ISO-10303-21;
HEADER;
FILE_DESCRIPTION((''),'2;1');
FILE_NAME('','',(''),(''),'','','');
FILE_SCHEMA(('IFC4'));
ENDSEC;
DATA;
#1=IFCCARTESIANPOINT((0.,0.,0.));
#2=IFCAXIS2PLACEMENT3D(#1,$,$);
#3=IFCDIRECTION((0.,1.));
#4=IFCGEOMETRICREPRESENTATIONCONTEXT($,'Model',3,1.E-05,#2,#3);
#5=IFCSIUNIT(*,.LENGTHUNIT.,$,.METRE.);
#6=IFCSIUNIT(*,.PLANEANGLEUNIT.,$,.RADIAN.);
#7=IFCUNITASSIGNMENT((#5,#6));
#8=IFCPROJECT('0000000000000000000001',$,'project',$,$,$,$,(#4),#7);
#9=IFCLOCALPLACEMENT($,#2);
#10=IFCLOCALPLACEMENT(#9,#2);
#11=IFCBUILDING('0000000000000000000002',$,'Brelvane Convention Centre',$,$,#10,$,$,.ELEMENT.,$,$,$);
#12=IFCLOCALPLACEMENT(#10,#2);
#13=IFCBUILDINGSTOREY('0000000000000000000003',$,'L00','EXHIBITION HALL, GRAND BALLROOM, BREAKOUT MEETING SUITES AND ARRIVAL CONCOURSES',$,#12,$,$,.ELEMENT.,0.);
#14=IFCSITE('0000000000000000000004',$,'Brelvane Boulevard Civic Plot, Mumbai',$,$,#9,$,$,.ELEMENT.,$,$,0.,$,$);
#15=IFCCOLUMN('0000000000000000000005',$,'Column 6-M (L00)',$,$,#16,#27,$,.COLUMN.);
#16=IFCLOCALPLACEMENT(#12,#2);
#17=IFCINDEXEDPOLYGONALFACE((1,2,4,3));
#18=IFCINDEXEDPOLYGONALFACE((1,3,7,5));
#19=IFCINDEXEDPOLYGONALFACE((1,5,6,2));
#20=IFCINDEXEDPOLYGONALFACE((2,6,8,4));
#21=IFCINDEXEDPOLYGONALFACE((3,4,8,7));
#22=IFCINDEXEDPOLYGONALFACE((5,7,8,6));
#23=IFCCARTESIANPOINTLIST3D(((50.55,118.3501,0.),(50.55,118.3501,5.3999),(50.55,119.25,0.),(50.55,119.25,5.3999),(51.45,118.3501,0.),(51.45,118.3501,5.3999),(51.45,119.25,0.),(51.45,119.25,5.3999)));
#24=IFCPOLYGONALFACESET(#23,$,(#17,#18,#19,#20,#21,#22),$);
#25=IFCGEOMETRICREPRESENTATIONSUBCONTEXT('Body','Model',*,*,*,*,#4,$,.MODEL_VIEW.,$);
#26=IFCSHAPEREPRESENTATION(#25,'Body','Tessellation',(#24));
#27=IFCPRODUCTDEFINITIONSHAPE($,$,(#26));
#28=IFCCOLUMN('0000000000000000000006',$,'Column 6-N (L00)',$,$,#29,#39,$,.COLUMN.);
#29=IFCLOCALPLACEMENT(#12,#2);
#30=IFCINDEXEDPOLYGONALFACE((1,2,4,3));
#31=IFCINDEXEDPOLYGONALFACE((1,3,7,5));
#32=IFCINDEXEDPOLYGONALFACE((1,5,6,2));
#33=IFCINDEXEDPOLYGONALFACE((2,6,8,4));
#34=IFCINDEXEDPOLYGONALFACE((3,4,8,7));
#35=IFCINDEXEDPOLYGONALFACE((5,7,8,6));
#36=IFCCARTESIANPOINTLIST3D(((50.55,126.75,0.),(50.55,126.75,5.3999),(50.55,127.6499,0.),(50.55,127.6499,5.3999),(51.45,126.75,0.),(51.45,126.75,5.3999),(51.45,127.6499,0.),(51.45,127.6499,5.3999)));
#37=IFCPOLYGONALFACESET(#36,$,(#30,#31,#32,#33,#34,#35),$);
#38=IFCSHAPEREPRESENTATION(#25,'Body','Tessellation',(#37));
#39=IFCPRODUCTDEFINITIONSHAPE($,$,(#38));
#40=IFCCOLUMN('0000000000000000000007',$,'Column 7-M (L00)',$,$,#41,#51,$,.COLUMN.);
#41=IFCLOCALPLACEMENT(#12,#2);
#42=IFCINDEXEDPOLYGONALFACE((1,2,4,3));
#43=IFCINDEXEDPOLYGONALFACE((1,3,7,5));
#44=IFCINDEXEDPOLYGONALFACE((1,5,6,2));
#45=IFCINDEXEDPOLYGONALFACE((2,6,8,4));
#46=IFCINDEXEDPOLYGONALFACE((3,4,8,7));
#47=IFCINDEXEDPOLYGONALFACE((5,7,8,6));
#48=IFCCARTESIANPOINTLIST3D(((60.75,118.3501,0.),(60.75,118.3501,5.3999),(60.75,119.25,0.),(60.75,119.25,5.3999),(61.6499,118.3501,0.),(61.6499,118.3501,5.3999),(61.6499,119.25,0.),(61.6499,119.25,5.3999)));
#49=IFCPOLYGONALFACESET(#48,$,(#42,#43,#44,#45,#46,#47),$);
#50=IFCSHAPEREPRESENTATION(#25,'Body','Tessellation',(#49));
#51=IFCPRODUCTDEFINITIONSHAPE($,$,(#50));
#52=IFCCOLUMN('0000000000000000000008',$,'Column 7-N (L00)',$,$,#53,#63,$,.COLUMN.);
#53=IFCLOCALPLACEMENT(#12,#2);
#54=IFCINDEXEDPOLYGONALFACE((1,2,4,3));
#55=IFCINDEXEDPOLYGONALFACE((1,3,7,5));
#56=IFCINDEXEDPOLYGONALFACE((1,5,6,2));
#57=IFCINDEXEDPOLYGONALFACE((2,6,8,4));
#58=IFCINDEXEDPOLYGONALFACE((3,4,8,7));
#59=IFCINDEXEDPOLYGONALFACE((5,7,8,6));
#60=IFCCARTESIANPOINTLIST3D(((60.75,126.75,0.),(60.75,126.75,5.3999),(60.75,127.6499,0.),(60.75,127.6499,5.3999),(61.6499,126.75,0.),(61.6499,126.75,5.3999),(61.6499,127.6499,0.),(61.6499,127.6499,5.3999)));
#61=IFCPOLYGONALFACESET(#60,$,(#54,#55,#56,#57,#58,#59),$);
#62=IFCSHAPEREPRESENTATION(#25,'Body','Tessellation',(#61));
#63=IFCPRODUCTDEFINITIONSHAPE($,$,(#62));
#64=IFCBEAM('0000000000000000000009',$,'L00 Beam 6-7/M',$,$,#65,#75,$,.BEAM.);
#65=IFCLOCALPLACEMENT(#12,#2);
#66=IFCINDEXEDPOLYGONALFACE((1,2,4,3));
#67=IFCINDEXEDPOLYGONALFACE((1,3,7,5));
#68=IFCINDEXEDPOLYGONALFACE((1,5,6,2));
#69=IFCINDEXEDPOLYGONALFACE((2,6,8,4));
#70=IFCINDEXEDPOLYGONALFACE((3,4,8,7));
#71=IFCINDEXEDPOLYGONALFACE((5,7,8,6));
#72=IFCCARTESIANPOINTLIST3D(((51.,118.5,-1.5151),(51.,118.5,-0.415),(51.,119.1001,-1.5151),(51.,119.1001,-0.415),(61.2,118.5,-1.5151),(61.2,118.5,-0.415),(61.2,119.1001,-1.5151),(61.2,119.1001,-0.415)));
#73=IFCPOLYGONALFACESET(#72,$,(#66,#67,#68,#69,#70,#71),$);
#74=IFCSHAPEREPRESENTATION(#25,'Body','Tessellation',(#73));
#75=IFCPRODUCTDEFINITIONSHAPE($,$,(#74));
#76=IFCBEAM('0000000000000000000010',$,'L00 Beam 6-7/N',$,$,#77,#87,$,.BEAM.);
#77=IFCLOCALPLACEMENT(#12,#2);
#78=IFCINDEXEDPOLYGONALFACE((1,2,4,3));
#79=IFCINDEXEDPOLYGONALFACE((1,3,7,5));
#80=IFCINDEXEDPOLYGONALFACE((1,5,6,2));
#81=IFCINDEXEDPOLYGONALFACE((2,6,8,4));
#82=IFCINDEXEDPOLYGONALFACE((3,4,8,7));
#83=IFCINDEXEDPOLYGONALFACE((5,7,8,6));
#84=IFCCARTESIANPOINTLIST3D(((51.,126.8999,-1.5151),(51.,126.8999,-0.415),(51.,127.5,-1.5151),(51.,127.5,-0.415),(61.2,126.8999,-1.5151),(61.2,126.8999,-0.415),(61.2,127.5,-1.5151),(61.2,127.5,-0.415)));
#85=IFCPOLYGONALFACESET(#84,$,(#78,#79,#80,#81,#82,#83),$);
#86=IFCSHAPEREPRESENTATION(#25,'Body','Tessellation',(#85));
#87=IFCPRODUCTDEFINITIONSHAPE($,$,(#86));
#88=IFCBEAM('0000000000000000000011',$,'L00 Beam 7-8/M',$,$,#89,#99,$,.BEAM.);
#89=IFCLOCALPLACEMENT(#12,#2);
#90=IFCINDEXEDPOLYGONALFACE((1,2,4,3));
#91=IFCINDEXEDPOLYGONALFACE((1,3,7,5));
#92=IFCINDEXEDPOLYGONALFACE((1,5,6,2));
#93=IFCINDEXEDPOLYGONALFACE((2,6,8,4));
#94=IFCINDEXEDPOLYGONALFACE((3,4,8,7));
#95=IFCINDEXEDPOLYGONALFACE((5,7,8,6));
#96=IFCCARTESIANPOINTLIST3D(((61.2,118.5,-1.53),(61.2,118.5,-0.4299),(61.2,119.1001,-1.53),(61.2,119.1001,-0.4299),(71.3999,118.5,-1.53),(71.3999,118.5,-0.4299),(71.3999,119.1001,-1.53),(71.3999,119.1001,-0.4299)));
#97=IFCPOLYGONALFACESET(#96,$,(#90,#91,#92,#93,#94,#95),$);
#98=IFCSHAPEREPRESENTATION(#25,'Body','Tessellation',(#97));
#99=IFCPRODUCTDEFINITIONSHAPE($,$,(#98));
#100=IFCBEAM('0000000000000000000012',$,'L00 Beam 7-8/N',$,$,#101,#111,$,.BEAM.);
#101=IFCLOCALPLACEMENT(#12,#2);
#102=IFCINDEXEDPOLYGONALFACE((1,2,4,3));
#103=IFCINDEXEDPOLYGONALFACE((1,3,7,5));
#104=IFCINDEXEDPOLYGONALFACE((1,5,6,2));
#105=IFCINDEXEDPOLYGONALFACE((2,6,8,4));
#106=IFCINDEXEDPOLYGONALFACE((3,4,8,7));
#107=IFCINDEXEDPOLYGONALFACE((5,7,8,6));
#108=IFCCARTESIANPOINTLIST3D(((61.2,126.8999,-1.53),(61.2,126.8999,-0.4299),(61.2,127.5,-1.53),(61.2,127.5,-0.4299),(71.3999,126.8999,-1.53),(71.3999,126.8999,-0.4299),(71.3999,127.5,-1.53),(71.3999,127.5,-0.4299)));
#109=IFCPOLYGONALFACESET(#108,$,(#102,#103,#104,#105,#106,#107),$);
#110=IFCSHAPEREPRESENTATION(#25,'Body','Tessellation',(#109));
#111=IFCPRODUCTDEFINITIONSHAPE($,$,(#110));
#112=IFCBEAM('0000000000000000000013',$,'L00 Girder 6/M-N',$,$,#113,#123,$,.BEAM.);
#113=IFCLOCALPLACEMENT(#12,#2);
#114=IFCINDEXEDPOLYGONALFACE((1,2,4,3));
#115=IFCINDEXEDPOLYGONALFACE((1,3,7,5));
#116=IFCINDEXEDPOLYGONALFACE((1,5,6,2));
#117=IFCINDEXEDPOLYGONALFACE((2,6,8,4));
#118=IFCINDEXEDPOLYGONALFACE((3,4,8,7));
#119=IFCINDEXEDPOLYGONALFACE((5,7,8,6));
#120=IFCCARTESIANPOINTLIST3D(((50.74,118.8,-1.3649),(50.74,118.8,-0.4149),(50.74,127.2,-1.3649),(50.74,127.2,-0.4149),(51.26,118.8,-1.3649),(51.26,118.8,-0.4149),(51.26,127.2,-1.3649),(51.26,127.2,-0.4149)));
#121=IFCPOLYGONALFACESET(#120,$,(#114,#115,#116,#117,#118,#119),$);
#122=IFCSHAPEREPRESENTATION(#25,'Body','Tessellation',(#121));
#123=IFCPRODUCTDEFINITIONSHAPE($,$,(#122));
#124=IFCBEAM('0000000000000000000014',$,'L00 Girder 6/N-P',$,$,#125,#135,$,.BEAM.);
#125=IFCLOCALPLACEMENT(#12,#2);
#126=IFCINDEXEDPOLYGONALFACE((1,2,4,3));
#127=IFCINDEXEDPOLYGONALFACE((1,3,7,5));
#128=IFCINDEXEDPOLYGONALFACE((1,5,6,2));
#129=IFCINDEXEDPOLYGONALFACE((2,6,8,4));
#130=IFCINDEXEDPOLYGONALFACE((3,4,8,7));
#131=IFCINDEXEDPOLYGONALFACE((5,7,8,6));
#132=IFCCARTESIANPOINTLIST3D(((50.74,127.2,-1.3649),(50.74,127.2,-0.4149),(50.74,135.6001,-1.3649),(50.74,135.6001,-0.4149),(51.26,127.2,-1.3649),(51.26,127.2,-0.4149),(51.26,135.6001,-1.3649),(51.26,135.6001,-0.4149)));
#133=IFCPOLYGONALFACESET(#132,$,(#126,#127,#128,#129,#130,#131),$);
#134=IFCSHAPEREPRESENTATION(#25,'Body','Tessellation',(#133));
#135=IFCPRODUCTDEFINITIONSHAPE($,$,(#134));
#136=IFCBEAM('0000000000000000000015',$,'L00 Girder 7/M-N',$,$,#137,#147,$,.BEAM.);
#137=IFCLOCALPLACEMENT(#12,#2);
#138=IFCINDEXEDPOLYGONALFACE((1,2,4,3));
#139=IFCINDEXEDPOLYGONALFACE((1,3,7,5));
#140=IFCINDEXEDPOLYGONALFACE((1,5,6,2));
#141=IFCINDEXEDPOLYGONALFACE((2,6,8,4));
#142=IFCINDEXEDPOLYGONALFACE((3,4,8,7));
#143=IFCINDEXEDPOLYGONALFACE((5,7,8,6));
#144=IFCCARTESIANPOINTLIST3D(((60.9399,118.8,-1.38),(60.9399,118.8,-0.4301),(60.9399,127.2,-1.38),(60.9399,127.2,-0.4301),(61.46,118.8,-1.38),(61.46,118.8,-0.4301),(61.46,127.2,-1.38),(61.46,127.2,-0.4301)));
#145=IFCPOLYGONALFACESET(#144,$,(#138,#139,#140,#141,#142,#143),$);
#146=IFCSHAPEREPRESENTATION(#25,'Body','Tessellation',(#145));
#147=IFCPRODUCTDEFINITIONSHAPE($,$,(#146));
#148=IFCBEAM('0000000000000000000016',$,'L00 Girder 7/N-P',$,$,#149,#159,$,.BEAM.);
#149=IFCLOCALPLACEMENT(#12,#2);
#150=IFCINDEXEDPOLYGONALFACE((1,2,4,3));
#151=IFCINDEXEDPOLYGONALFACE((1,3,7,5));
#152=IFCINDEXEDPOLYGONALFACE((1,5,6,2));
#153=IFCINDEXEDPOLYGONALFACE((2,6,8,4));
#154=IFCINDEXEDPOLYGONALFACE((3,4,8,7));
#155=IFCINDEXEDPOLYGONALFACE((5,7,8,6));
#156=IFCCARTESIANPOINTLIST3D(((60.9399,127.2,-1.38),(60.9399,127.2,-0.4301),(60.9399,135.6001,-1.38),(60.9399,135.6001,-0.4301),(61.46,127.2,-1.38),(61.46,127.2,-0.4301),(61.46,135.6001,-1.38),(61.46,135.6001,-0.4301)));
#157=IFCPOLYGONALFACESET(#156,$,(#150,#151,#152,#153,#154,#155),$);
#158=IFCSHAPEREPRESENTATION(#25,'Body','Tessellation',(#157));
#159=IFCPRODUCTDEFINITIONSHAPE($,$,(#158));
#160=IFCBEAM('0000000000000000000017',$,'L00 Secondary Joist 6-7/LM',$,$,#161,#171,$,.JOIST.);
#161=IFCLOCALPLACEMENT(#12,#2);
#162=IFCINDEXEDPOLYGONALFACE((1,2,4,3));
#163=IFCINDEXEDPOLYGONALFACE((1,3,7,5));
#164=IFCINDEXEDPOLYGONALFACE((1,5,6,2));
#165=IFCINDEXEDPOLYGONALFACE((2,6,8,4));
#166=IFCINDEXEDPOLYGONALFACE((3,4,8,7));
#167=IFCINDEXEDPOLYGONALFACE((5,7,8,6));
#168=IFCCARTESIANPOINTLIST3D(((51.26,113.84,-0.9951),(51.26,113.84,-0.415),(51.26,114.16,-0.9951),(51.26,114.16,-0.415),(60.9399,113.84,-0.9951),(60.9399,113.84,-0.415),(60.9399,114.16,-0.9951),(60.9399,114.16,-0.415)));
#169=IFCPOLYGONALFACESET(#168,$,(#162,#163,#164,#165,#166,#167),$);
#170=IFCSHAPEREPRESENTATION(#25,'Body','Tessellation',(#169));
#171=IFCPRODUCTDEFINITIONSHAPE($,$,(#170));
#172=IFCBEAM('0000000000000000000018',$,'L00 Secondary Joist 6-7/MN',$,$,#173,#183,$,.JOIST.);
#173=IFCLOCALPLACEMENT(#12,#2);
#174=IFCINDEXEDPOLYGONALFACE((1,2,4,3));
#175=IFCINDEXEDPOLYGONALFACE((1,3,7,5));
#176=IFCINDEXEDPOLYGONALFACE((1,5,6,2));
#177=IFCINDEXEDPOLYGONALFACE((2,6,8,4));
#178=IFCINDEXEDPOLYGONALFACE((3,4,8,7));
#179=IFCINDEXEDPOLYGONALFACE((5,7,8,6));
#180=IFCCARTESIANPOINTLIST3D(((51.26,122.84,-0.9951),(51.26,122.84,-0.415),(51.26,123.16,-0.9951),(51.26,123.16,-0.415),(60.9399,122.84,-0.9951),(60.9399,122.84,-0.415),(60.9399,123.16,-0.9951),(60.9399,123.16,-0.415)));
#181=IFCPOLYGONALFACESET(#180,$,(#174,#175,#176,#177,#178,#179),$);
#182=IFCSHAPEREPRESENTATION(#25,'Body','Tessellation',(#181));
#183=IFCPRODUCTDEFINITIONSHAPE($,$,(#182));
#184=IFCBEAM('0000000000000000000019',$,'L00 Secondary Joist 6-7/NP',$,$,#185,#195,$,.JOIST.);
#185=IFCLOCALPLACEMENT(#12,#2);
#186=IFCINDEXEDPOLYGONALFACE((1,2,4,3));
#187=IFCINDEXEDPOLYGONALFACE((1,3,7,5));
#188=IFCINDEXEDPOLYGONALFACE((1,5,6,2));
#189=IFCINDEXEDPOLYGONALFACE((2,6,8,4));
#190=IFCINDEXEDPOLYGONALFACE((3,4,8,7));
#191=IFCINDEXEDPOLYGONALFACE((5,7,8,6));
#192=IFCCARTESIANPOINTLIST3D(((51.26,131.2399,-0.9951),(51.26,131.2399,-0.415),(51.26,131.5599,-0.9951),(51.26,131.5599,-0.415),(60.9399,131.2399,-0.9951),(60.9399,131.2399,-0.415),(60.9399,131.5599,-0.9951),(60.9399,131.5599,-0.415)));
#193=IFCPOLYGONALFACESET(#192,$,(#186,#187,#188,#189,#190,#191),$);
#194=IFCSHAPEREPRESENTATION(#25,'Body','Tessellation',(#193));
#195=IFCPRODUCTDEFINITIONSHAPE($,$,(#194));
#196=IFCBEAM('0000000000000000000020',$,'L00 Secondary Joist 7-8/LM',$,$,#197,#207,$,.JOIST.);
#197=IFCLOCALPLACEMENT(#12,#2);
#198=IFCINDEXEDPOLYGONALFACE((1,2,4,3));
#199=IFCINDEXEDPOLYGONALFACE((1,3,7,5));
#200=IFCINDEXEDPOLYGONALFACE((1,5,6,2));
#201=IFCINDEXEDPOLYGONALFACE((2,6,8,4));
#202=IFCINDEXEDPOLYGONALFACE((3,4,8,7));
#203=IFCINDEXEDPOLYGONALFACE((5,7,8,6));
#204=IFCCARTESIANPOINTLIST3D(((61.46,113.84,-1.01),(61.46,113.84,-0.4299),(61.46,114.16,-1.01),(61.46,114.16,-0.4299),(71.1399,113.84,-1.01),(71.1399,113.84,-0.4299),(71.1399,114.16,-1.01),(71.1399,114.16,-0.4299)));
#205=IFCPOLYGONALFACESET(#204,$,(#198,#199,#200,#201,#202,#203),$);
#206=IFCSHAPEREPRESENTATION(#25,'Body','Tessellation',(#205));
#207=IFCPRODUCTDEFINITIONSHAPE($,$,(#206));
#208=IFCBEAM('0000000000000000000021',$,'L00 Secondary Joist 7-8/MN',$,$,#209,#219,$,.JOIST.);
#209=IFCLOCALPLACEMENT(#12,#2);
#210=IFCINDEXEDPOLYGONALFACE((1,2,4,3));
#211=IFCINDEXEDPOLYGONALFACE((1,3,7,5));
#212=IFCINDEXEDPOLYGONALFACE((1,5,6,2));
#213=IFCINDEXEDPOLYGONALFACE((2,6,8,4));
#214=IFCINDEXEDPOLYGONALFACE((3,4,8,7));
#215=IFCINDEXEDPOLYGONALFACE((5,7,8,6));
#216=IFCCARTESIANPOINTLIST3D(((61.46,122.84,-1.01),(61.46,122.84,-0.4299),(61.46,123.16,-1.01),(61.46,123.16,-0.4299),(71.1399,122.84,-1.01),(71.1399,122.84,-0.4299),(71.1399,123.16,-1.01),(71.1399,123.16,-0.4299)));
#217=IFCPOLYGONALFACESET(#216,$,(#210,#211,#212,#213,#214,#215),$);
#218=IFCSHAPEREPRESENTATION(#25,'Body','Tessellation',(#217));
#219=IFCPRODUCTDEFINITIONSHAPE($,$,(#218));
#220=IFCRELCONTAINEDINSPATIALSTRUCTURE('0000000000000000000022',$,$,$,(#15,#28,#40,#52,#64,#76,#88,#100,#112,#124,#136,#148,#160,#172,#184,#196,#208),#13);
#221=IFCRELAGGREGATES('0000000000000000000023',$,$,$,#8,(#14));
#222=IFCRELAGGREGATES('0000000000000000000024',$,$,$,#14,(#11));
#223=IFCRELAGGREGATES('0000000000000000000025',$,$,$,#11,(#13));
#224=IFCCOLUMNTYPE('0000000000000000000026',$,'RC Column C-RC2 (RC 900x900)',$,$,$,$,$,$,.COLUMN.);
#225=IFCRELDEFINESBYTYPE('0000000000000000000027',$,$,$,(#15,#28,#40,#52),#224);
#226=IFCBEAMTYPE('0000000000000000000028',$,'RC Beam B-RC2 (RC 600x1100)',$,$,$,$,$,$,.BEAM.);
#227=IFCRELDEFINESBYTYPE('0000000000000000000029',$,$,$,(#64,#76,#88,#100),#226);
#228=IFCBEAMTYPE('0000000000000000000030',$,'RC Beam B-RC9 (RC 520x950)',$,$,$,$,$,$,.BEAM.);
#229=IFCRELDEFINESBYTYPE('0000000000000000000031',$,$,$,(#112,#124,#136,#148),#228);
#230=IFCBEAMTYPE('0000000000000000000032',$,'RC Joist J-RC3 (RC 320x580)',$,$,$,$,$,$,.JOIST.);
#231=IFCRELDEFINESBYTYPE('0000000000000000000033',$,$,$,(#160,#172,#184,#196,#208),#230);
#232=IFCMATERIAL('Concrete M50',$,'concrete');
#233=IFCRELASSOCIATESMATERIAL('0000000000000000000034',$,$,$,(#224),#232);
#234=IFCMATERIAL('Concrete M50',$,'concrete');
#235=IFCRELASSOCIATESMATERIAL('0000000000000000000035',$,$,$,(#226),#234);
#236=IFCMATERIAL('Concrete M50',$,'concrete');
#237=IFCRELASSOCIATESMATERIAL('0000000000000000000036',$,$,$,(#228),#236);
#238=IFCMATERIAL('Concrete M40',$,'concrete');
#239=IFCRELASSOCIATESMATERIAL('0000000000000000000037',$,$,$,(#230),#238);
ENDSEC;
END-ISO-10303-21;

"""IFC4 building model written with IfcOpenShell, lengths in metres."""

from ifc_helpers import new_model, si_unit, direction, frame, origin, origin_2d, place, context, subcontext, project, spatial, rectangle, extrude, material, material_profile, profile_set, type_object, element, save


model = new_model("IFC4")

# Units and contexts
model_context = context("Model", 3, precision=1e-05, world=origin(), true_north=direction((0.0, 1.0)))
body_context = subcontext(model_context, "Body", "Model", "MODEL_VIEW")
ifc_project = project(units=[si_unit("LENGTHUNIT", "METRE"), si_unit("PLANEANGLEUNIT", "RADIAN")], contexts=[model_context])

# Site, building, storey
site_placement = place(None, origin())
site = spatial("IfcSite", under=ifc_project, at=site_placement, Name="Brelvane Boulevard Civic Plot, Mumbai", CompositionType="ELEMENT", RefElevation=0.0)
building_placement = place(site_placement, origin())
building = spatial("IfcBuilding", under=site, at=building_placement, Name="Brelvane Convention Centre", CompositionType="ELEMENT")
storey_placement = place(building_placement, origin())
storey = spatial("IfcBuildingStorey", under=building, at=storey_placement, Name="L00", Description="EXHIBITION HALL, GRAND BALLROOM, BREAKOUT MEETING SUITES AND ARRIVAL CONCOURSES", CompositionType="ELEMENT", Elevation=0.0)

# Columns
ifc_material_1 = material(Name="Concrete M50", Category="concrete")
ifc_material_profile_1 = material_profile(ifc_material_1, rectangle(XDim=0.8999, YDim=0.8999, at=origin_2d()), Name="RC 900x900")
ifc_profile_set_1 = profile_set([ifc_material_profile_1], Name="Concrete M50")
column_type = type_object("IfcColumnType", Name="RC Column C-RC2 (RC 900x900)", PredefinedType="COLUMN", material=ifc_profile_set_1)
for number, where, z_axis, x_axis, name in (
    (1, (51.0, 118.8, 0.0), (0.0, 0.0, 1.0), (1.0, 0.0, 0.0), "Column 6-M (L00)"),
    (2, (51.0, 127.2, 0.0), (0.0, 0.0, 1.0), (1.0, 0.0, 0.0), "Column 6-N (L00)"),
    (3, (61.2, 118.8, 0.0), (0.0, 0.0, 1.0), (1.0, 0.0, 0.0), "Column 7-M (L00)"),
    (4, (61.2, 127.2, 0.0), (0.0, 0.0, 1.0), (1.0, 0.0, 0.0), "Column 7-N (L00)"),
):
    element("IfcColumn", number, at=place(storey_placement, frame(where, z_axis=z_axis, x_axis=x_axis)), inside=storey, type_object=column_type, Name=name, PredefinedType="COLUMN", context=body_context, shape_type="SweptSolid", body=[
        extrude(rectangle(XDim=0.8999, YDim=0.8999, at=origin_2d()), origin(), (0.0, 0.0, 1.0), 5.3999),
    ])

# Beams
ifc_material_2 = material(Name="Concrete M50", Category="concrete")
ifc_material_profile_2 = material_profile(ifc_material_2, rectangle(XDim=0.6001, YDim=1.1001, at=origin_2d()), Name="RC 600x1100")
ifc_profile_set_2 = profile_set([ifc_material_profile_2], Name="Concrete M50")
beam_type_1 = type_object("IfcBeamType", Name="RC Beam B-RC2 (RC 600x1100)", PredefinedType="BEAM", material=ifc_profile_set_2)
for number, where, z_axis, x_axis, name in (
    (5, (51.0, 118.8, -0.9651), (1.0, 0.0, 0.0), (0.0, 1.0, 0.0), "L00 Beam 6-7/M"),
    (6, (51.0, 127.2, -0.9651), (1.0, 0.0, 0.0), (0.0, 1.0, 0.0), "L00 Beam 6-7/N"),
    (7, (61.2, 118.8, -0.98), (1.0, 0.0, 0.0), (0.0, 1.0, 0.0), "L00 Beam 7-8/M"),
    (8, (61.2, 127.2, -0.98), (1.0, 0.0, 0.0), (0.0, 1.0, 0.0), "L00 Beam 7-8/N"),
):
    element("IfcBeam", number, at=place(storey_placement, frame(where, z_axis=z_axis, x_axis=x_axis)), inside=storey, type_object=beam_type_1, Name=name, PredefinedType="BEAM", context=body_context, shape_type="SweptSolid", body=[
        extrude(rectangle(XDim=0.6001, YDim=1.1001, at=origin_2d()), origin(), (0.0, 0.0, 1.0), 10.2),
    ])
ifc_material_3 = material(Name="Concrete M50", Category="concrete")
ifc_material_profile_3 = material_profile(ifc_material_3, rectangle(XDim=0.52, YDim=0.95, at=origin_2d()), Name="RC 520x950")
ifc_profile_set_3 = profile_set([ifc_material_profile_3], Name="Concrete M50")
beam_type_2 = type_object("IfcBeamType", Name="RC Beam B-RC9 (RC 520x950)", PredefinedType="BEAM", material=ifc_profile_set_3)
beam_1_placement = place(storey_placement, frame((51.0, 118.8, -0.8899), z_axis=(0.0, 1.0, 0.0), x_axis=(-1.0, 0.0, 0.0)))
element("IfcBeam", 9, at=beam_1_placement, inside=storey, type_object=beam_type_2, Name="L00 Girder 6/M-N", PredefinedType="BEAM", context=body_context, shape_type="SweptSolid", body=[
    extrude(rectangle(XDim=0.52, YDim=0.95, at=origin_2d()), origin(), (0.0, 0.0, 1.0), 8.3999),
])
beam_2_placement = place(storey_placement, frame((51.0, 127.2, -0.8899), z_axis=(0.0, 1.0, 0.0), x_axis=(-1.0, 0.0, 0.0)))
element("IfcBeam", 10, at=beam_2_placement, inside=storey, type_object=beam_type_2, Name="L00 Girder 6/N-P", PredefinedType="BEAM", context=body_context, shape_type="SweptSolid", body=[
    extrude(rectangle(XDim=0.52, YDim=0.95, at=origin_2d()), origin(), (0.0, 0.0, 1.0), 8.4001),
])
beam_3_placement = place(storey_placement, frame((61.2, 118.8, -0.905), z_axis=(0.0, 1.0, 0.0), x_axis=(-1.0, 0.0, 0.0)))
element("IfcBeam", 11, at=beam_3_placement, inside=storey, type_object=beam_type_2, Name="L00 Girder 7/M-N", PredefinedType="BEAM", context=body_context, shape_type="SweptSolid", body=[
    extrude(rectangle(XDim=0.52, YDim=0.95, at=origin_2d()), origin(), (0.0, 0.0, 1.0), 8.3999),
])
beam_4_placement = place(storey_placement, frame((61.2, 127.2, -0.905), z_axis=(0.0, 1.0, 0.0), x_axis=(-1.0, 0.0, 0.0)))
element("IfcBeam", 12, at=beam_4_placement, inside=storey, type_object=beam_type_2, Name="L00 Girder 7/N-P", PredefinedType="BEAM", context=body_context, shape_type="SweptSolid", body=[
    extrude(rectangle(XDim=0.52, YDim=0.95, at=origin_2d()), origin(), (0.0, 0.0, 1.0), 8.4001),
])
ifc_material_4 = material(Name="Concrete M40", Category="concrete")
ifc_material_profile_4 = material_profile(ifc_material_4, rectangle(XDim=0.3201, YDim=0.5801, at=origin_2d()), Name="RC 320x580")
ifc_profile_set_4 = profile_set([ifc_material_profile_4], Name="Concrete M40")
beam_type_3 = type_object("IfcBeamType", Name="RC Joist J-RC3 (RC 320x580)", PredefinedType="JOIST", material=ifc_profile_set_4)
for number, where, z_axis, x_axis, name in (
    (13, (51.26, 114.0, -0.7051), (1.0, 0.0, 0.0), (0.0, 1.0, 0.0), "L00 Secondary Joist 6-7/LM"),
    (14, (51.26, 123.0, -0.7051), (1.0, 0.0, 0.0), (0.0, 1.0, 0.0), "L00 Secondary Joist 6-7/MN"),
    (15, (51.26, 131.3999, -0.7051), (1.0, 0.0, 0.0), (0.0, 1.0, 0.0), "L00 Secondary Joist 6-7/NP"),
    (16, (61.46, 114.0, -0.72), (1.0, 0.0, 0.0), (0.0, 1.0, 0.0), "L00 Secondary Joist 7-8/LM"),
    (17, (61.46, 123.0, -0.72), (1.0, 0.0, 0.0), (0.0, 1.0, 0.0), "L00 Secondary Joist 7-8/MN"),
):
    element("IfcBeam", number, at=place(storey_placement, frame(where, z_axis=z_axis, x_axis=x_axis)), inside=storey, type_object=beam_type_3, Name=name, PredefinedType="JOIST", context=body_context, shape_type="SweptSolid", body=[
        extrude(rectangle(XDim=0.3201, YDim=0.5801, at=origin_2d()), origin(), (0.0, 0.0, 1.0), 9.6799),
    ])

save(model, "model.ifc")
